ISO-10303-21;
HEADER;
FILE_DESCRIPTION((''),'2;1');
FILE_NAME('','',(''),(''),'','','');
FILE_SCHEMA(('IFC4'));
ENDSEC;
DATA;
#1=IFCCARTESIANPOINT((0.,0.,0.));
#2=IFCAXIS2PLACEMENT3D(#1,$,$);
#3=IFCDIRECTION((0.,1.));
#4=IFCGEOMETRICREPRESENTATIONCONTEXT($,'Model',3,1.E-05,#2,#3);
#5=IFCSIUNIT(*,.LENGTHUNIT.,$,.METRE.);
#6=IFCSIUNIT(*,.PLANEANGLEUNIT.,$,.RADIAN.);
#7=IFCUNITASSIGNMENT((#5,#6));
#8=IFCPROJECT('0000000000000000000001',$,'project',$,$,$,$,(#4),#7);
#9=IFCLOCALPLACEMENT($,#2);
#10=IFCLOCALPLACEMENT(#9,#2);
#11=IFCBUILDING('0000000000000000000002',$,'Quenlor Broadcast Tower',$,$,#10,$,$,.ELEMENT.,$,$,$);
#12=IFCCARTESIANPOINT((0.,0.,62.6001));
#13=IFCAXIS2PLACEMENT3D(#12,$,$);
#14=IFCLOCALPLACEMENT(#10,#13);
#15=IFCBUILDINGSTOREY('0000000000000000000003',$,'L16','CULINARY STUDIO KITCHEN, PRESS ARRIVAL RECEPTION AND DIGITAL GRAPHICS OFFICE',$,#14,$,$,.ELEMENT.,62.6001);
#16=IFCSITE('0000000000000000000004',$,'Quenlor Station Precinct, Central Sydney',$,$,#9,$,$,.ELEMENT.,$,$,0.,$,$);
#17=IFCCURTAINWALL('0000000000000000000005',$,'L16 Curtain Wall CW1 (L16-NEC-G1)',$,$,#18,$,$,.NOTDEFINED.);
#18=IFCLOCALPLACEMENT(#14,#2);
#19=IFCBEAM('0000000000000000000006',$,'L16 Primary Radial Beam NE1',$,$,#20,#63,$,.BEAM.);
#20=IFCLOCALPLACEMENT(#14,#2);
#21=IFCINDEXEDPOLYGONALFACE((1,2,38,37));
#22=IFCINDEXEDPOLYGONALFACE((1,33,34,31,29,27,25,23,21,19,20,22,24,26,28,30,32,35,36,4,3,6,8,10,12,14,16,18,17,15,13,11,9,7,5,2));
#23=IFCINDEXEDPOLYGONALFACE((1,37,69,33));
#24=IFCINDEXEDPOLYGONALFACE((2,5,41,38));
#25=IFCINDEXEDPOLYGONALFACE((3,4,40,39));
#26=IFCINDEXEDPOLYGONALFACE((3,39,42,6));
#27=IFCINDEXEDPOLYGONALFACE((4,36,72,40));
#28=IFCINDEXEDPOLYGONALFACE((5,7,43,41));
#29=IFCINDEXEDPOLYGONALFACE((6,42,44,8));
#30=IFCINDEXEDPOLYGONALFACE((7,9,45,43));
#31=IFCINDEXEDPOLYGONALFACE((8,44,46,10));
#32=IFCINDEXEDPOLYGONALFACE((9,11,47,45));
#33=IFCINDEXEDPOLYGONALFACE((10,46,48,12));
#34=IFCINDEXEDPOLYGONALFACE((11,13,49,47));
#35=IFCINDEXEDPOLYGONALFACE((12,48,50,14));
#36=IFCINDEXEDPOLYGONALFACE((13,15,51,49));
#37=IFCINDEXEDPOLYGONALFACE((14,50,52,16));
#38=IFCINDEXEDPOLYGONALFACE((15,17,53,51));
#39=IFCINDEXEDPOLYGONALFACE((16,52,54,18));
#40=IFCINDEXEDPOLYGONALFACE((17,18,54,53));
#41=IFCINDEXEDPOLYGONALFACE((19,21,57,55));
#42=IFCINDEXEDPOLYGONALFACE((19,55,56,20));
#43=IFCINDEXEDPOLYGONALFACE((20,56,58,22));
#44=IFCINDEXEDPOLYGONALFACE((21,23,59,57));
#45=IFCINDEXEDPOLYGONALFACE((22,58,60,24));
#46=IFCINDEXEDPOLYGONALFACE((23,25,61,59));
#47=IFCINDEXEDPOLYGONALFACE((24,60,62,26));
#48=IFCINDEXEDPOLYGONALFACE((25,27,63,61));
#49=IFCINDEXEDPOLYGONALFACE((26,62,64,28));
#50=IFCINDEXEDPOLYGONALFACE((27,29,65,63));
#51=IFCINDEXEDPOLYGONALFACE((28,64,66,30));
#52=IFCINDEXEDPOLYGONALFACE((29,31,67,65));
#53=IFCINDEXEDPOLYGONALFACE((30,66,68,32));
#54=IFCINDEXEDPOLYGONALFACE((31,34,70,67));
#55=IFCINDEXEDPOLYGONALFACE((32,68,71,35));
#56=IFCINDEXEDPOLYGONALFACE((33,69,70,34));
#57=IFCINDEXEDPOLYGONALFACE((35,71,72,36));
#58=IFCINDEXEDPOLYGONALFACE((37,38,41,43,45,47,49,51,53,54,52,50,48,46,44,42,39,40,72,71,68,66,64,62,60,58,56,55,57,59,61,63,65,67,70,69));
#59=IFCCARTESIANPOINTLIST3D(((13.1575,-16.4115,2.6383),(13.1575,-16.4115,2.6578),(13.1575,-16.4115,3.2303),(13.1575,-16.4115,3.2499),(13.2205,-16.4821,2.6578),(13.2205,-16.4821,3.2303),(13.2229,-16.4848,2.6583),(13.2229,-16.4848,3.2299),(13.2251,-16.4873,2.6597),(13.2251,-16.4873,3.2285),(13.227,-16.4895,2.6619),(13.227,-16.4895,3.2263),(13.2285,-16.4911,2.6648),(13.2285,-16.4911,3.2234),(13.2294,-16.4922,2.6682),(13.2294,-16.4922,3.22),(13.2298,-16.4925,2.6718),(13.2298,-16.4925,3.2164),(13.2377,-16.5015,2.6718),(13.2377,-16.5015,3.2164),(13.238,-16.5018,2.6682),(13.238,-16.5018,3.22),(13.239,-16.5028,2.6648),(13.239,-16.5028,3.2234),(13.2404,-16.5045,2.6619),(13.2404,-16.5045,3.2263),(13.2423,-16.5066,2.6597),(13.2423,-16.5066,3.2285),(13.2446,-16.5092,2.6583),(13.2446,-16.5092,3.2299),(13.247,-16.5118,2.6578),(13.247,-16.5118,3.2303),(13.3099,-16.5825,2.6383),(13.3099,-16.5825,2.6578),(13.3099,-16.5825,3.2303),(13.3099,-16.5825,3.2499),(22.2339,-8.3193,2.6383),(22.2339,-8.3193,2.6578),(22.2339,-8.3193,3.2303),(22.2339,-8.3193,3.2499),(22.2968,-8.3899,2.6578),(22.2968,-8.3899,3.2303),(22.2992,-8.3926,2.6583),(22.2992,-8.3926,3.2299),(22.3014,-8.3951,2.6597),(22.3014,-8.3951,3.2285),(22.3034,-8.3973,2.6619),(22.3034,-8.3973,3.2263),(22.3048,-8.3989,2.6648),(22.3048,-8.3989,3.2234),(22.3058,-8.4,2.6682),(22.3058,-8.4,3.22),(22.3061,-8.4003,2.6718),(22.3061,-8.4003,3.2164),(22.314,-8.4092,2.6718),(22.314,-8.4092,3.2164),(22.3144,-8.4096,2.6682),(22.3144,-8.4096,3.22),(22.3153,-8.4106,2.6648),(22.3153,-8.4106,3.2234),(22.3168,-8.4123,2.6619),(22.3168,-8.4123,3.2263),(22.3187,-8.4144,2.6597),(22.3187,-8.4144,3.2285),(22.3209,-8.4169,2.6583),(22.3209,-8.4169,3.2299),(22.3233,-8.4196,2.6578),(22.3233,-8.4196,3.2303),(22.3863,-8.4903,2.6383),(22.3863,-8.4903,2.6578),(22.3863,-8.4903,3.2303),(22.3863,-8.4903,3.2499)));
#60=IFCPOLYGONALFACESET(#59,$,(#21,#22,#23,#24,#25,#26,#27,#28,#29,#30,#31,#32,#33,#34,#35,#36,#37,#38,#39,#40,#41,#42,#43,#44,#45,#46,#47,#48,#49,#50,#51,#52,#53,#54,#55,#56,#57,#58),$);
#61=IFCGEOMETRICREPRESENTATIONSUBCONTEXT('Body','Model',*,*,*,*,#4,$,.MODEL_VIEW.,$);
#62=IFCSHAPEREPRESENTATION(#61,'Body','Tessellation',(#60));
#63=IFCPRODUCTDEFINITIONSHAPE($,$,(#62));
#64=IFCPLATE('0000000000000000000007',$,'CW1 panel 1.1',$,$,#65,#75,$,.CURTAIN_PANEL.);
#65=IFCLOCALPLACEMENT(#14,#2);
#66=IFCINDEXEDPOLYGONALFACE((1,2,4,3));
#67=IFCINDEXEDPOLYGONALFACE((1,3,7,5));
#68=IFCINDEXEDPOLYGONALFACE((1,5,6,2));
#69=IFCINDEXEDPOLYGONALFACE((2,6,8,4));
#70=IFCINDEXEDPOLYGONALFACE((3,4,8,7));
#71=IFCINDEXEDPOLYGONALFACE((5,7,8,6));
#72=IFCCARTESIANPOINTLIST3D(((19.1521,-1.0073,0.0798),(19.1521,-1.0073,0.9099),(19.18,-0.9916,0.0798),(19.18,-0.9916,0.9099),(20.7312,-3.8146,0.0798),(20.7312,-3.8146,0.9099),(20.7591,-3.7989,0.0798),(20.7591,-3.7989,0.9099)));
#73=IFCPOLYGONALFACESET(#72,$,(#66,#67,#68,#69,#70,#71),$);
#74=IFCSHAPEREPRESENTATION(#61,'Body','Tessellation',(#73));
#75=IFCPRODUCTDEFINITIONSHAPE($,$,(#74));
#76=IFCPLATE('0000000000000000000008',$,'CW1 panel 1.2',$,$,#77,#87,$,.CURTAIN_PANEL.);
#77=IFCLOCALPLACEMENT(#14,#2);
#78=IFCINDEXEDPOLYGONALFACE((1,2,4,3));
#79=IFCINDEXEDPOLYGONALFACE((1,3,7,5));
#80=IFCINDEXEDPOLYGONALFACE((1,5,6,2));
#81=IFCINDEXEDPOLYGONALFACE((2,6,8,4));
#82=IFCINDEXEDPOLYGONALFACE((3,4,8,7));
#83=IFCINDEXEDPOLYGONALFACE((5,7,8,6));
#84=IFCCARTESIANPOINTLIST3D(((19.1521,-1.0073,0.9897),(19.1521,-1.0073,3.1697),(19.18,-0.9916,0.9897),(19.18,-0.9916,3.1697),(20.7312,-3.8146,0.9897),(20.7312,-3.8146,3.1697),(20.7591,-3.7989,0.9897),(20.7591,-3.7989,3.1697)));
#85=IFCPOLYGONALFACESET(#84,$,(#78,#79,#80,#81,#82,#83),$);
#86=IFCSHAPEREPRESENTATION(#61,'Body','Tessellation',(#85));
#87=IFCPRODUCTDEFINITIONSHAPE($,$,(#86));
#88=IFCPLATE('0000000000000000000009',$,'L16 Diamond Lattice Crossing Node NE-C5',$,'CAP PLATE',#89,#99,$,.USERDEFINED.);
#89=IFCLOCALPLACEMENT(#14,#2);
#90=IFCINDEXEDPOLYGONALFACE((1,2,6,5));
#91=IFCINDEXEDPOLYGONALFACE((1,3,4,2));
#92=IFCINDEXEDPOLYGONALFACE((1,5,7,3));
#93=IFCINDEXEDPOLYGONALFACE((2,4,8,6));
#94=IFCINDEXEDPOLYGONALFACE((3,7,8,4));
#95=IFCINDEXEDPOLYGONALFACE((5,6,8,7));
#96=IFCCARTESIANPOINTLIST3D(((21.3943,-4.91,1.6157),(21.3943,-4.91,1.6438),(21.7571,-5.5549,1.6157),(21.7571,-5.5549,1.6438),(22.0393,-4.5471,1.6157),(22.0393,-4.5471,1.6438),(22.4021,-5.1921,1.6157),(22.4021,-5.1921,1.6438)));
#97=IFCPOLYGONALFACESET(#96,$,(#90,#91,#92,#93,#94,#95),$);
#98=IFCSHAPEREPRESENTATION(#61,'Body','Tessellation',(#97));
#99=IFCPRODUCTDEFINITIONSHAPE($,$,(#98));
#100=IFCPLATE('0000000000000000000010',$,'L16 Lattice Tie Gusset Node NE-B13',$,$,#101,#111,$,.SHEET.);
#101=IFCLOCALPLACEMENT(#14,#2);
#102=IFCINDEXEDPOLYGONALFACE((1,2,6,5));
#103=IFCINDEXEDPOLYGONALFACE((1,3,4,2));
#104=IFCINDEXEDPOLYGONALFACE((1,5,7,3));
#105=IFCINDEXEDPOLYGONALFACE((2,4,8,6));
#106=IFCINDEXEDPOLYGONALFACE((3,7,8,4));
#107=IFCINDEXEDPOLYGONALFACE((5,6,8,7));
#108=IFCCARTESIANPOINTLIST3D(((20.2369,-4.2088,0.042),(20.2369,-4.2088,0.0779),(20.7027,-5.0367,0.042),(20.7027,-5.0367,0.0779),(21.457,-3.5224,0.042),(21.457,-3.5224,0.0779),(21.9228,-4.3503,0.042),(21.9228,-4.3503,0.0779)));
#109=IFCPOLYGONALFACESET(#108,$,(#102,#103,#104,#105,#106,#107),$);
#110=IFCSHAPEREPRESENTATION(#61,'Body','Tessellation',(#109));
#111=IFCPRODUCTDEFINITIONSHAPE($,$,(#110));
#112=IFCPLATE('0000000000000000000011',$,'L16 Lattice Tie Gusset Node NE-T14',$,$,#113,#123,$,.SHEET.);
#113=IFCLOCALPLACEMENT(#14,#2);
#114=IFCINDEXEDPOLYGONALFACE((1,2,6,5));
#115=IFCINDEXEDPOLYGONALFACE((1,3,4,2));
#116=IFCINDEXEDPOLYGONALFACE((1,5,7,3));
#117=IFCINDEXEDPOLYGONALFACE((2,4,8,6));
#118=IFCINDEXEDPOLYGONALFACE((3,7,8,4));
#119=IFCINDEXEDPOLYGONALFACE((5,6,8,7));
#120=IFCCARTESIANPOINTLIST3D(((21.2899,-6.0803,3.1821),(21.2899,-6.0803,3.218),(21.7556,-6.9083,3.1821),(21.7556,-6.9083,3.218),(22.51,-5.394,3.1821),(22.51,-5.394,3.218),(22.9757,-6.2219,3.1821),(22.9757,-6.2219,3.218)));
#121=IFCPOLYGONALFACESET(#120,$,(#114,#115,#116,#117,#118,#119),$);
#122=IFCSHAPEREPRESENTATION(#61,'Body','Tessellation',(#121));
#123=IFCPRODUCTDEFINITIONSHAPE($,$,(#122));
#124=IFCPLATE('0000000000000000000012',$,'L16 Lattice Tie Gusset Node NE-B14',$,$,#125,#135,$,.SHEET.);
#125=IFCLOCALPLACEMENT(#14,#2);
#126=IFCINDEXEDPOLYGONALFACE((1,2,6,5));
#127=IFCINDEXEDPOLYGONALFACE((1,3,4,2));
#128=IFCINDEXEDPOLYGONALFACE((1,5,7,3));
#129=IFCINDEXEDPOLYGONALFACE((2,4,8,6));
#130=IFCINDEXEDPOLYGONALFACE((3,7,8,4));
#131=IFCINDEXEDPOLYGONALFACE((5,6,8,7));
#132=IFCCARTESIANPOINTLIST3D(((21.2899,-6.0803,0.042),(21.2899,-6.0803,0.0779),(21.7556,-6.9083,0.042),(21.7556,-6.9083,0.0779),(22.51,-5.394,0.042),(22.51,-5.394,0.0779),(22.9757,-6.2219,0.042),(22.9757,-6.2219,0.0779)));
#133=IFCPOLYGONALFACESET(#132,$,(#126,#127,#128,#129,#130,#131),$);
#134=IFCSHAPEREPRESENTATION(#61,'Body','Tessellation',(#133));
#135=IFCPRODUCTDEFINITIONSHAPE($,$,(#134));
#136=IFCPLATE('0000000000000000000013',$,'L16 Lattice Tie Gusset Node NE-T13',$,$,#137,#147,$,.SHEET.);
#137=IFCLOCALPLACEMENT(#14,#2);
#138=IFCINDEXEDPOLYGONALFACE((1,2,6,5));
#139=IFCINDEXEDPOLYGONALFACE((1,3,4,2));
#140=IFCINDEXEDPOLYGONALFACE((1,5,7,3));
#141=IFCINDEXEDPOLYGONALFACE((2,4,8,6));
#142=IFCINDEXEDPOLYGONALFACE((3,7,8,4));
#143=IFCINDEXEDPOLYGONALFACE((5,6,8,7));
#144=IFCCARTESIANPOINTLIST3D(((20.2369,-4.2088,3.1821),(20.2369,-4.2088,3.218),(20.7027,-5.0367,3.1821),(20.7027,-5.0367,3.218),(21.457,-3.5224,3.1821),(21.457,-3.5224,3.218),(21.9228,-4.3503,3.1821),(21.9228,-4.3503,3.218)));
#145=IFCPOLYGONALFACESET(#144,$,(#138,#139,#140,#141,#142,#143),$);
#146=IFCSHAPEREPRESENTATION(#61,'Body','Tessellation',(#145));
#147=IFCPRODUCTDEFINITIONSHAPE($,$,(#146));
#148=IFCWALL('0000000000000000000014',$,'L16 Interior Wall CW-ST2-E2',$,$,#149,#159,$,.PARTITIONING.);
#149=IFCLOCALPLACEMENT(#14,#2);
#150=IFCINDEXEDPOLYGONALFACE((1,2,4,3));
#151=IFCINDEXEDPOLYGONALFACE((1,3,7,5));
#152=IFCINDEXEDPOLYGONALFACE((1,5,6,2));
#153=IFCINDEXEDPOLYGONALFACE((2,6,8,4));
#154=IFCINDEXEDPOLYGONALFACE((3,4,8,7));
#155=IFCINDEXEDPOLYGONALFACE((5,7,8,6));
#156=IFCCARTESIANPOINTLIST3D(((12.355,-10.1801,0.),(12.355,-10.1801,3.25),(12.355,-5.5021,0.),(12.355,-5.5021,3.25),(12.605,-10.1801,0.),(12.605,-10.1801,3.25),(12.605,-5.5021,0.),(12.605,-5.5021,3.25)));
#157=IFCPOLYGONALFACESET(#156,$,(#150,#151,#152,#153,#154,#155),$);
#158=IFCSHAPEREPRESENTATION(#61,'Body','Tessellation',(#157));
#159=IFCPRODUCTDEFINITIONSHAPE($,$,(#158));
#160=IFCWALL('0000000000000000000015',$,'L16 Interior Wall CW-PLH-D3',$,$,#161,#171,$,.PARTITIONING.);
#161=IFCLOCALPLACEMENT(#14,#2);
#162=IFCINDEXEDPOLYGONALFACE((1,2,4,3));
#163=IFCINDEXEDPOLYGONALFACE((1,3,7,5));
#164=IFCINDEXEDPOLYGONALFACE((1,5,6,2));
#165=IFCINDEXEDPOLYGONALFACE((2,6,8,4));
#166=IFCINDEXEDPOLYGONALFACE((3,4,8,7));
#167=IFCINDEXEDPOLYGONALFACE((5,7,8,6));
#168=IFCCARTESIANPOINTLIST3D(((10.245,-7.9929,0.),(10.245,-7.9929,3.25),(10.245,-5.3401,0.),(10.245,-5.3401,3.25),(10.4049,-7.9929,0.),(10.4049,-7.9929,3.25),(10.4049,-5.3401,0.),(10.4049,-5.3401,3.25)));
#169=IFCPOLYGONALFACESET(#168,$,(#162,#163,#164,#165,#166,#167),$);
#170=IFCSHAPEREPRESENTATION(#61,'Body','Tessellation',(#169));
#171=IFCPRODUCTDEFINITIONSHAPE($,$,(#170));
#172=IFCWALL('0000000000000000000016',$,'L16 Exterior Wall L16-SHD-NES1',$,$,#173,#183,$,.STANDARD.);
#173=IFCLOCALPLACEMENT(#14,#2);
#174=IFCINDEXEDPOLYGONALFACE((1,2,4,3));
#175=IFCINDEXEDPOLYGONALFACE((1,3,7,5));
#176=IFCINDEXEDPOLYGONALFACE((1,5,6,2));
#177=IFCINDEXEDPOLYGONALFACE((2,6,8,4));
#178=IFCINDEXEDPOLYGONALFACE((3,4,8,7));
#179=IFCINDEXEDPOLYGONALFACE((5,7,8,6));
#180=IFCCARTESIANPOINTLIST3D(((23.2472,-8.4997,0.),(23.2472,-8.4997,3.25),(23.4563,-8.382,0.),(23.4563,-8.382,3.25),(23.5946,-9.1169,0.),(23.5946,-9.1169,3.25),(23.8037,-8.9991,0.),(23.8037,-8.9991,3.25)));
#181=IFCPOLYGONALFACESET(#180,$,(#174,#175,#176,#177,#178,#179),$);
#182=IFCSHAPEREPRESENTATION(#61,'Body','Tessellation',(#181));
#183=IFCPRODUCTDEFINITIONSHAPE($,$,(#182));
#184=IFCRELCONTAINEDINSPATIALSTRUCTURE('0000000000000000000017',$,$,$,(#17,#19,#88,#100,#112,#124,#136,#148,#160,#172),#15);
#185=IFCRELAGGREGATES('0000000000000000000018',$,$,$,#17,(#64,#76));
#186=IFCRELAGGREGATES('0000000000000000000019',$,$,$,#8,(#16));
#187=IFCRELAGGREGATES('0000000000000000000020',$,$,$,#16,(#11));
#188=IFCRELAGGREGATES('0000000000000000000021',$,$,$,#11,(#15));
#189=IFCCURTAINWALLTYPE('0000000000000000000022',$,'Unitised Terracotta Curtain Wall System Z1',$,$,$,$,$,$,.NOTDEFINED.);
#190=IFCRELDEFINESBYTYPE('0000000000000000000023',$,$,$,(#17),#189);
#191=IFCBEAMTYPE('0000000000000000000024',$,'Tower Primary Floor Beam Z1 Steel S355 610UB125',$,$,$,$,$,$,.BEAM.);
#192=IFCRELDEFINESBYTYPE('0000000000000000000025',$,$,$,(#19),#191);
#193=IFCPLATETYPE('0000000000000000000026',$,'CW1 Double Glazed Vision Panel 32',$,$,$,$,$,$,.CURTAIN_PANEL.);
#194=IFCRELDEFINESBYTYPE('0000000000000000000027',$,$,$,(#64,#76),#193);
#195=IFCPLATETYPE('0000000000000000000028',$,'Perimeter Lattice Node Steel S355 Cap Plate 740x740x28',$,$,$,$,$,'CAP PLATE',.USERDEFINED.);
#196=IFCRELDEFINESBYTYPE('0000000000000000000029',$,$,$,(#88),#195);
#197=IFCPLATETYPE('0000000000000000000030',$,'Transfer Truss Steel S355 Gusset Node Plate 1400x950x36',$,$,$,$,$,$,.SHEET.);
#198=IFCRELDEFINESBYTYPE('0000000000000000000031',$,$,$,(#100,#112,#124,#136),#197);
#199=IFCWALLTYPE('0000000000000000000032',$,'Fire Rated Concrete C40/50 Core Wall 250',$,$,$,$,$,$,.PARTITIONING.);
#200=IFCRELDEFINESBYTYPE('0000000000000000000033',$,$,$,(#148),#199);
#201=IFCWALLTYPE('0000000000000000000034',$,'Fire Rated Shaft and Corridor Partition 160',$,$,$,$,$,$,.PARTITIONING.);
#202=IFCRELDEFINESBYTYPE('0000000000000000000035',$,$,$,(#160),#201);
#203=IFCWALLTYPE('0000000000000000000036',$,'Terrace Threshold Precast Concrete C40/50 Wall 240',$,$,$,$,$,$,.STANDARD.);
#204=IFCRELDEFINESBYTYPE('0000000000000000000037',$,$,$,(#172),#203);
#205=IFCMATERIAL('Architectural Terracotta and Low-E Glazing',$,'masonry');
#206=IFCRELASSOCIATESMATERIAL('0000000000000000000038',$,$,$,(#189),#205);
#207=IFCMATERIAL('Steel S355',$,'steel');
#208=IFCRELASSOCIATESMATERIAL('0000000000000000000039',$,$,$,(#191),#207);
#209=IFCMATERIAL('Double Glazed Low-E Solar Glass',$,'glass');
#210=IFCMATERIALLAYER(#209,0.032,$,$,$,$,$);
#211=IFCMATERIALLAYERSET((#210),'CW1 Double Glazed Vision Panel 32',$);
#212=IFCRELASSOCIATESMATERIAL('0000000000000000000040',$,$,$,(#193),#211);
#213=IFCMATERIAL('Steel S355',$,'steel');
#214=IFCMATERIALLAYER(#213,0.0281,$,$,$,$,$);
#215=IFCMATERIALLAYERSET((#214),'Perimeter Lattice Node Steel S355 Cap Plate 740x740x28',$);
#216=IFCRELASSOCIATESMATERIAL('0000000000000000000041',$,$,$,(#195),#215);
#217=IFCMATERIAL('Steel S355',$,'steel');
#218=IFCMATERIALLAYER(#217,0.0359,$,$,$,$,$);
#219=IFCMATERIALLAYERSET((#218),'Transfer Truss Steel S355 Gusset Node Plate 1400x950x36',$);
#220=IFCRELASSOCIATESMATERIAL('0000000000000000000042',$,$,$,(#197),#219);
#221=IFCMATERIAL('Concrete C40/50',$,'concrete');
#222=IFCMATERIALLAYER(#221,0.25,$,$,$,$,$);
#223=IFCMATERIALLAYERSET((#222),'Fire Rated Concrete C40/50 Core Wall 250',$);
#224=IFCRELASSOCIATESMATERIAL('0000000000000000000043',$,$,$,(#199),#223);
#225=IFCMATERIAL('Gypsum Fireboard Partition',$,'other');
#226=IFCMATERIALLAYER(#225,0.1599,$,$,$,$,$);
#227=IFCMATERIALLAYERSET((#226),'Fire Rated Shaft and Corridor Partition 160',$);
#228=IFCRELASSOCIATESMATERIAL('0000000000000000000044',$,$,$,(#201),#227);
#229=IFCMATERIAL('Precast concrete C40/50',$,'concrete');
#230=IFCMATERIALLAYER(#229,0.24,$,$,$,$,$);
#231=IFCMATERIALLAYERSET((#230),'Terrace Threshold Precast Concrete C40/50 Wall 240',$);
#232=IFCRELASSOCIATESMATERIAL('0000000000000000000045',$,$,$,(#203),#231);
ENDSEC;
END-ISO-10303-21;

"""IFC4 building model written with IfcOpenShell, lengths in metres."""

from ifc_helpers import new_model, si_unit, direction, frame, frame_2d, origin, origin_2d, place, context, subcontext, project, spatial, rectangle, i_section, extrude, material, layer, layer_set, material_profile, profile_set, type_object, element, aggregate, save


model = new_model("IFC4")

# Units and contexts
model_context = context("Model", 3, precision=1e-05, world=origin(), true_north=direction((0.0, 1.0)))
body_context = subcontext(model_context, "Body", "Model", "MODEL_VIEW")
ifc_project = project(units=[si_unit("LENGTHUNIT", "METRE"), si_unit("PLANEANGLEUNIT", "RADIAN")], contexts=[model_context])

# Site, building, storey
site_placement = place(None, origin())
site = spatial("IfcSite", under=ifc_project, at=site_placement, Name="Quenlor Station Precinct, Central Sydney", CompositionType="ELEMENT", RefElevation=0.0)
building_placement = place(site_placement, origin())
building = spatial("IfcBuilding", under=site, at=building_placement, Name="Quenlor Broadcast Tower", CompositionType="ELEMENT")
storey_placement = place(building_placement, frame((0.0, 0.0, 62.6001)))
storey = spatial("IfcBuildingStorey", under=building, at=storey_placement, Name="L16", Description="CULINARY STUDIO KITCHEN, PRESS ARRIVAL RECEPTION AND DIGITAL GRAPHICS OFFICE", CompositionType="ELEMENT", Elevation=62.6001)

# Curtain wall
ifc_material_1 = material(Name="Architectural Terracotta and Low-E Glazing", Category="masonry")
curtain_wall_type = type_object("IfcCurtainWallType", Name="Unitised Terracotta Curtain Wall System Z1", PredefinedType="NOTDEFINED", material=ifc_material_1)
curtain_wall_placement = place(storey_placement, origin())
curtain_wall = element("IfcCurtainWall", 1, at=curtain_wall_placement, inside=storey, type_object=curtain_wall_type, Name="L16 Curtain Wall CW1 (L16-NEC-G1)", PredefinedType="NOTDEFINED")

# Beam
ifc_material_2 = material(Name="Steel S355", Category="steel")
ifc_material_profile_1 = material_profile(ifc_material_2, i_section(OverallWidth=0.229, OverallDepth=0.6116, WebThickness=0.012, FlangeThickness=0.0195, FilletRadius=0.0139, at=origin_2d()))
ifc_profile_set_1 = profile_set([ifc_material_profile_1], Name="Steel S355 610UB125")
beam_type_1 = type_object("IfcBeamType", Name="Tower Primary Floor Beam Z1 Steel S355 610UB125", PredefinedType="BEAM", material=ifc_profile_set_1)
beam_1_placement = place(storey_placement, frame((22.3101, -8.4048, 2.9441), z_axis=(-0.746414, -0.665482, 0.0), x_axis=(0.665482, -0.746414, 0.0)))
element("IfcBeam", 2, at=beam_1_placement, inside=storey, type_object=beam_type_1, Name="L16 Primary Radial Beam NE1", PredefinedType="BEAM", context=body_context, shape_type="SweptSolid", body=[
    extrude(i_section(OverallWidth=0.229, OverallDepth=0.6116, WebThickness=0.012, FlangeThickness=0.0195, FilletRadius=0.0139, at=origin_2d()), origin(), (0.0, 0.0, 1.0), 12.1599),
])

# Plates
ifc_material_3 = material(Name="Double Glazed Low-E Solar Glass", Category="glass")
ifc_layer_1 = layer(ifc_material_3, 0.032)
ifc_layer_set_1 = layer_set([ifc_layer_1], Name="CW1 Double Glazed Vision Panel 32")
plate_type_1 = type_object("IfcPlateType", Name="CW1 Double Glazed Vision Panel 32", PredefinedType="CURTAIN_PANEL", material=ifc_layer_set_1)
plate_1_placement = place(storey_placement, frame((19.9556, -2.4031, 0.0798), z_axis=(0.0, 0.0, 1.0), x_axis=(0.490257, -0.871578, 0.0)))
plate_1 = element("IfcPlate", 3, at=plate_1_placement, type_object=plate_type_1, Name="CW1 panel 1.1", PredefinedType="CURTAIN_PANEL", context=body_context, shape_type="SweptSolid", body=[
    extrude(rectangle(XDim=3.2209, YDim=0.032, at=origin_2d()), origin(), (0.0, 0.0, 1.0), 0.8301),
])
plate_2_placement = place(storey_placement, frame((19.9556, -2.4031, 0.9897), z_axis=(0.0, 0.0, 1.0), x_axis=(0.490257, -0.871578, 0.0)))
plate_2 = element("IfcPlate", 4, at=plate_2_placement, type_object=plate_type_1, Name="CW1 panel 1.2", PredefinedType="CURTAIN_PANEL", context=body_context, shape_type="SweptSolid", body=[
    extrude(rectangle(XDim=3.2209, YDim=0.032, at=origin_2d()), origin(), (0.0, 0.0, 1.0), 2.1799),
])
aggregate(curtain_wall, [plate_1, plate_2])

# Plates
ifc_material_4 = material(Name="Steel S355", Category="steel")
ifc_layer_2 = layer(ifc_material_4, 0.0281)
ifc_layer_set_2 = layer_set([ifc_layer_2], Name="Perimeter Lattice Node Steel S355 Cap Plate 740x740x28")
plate_type_2 = type_object("IfcPlateType", Name="Perimeter Lattice Node Steel S355 Cap Plate 740x740x28", ElementType="CAP PLATE", PredefinedType="USERDEFINED", material=ifc_layer_set_2)
plate_3_placement = place(storey_placement, frame((21.8982, -5.051, 1.6157), z_axis=(0.0, 0.0, 1.0), x_axis=(0.490295, -0.871556, 0.0)))
element("IfcPlate", 5, at=plate_3_placement, inside=storey, type_object=plate_type_2, Name="L16 Diamond Lattice Crossing Node NE-C5", ObjectType="CAP PLATE", PredefinedType="USERDEFINED", context=body_context, shape_type="SweptSolid", body=[
    extrude(rectangle(XDim=0.74, YDim=0.74, at=origin_2d()), origin(), (0.0, 0.0, 1.0), 0.0281),
])
ifc_material_5 = material(Name="Steel S355", Category="steel")
ifc_layer_3 = layer(ifc_material_5, 0.0359)
ifc_layer_set_3 = layer_set([ifc_layer_3], Name="Transfer Truss Steel S355 Gusset Node Plate 1400x950x36")
plate_type_3 = type_object("IfcPlateType", Name="Transfer Truss Steel S355 Gusset Node Plate 1400x950x36", PredefinedType="SHEET", material=ifc_layer_set_3)
for number, where, z_axis, x_axis, name in (
    (6, (21.0798, -4.2795, 0.042), (0.0, 0.0, 1.0), (0.871556, 0.490295, 0.0), "L16 Lattice Tie Gusset Node NE-B13"),
    (7, (22.1328, -6.1511, 3.1821), (0.0, 0.0, 1.0), (0.871556, 0.490295, 0.0), "L16 Lattice Tie Gusset Node NE-T14"),
    (8, (22.1328, -6.1511, 0.042), (0.0, 0.0, 1.0), (0.871556, 0.490295, 0.0), "L16 Lattice Tie Gusset Node NE-B14"),
    (9, (21.0798, -4.2795, 3.1821), (0.0, 0.0, 1.0), (0.871556, 0.490295, 0.0), "L16 Lattice Tie Gusset Node NE-T13"),
):
    element("IfcPlate", number, at=place(storey_placement, frame(where, z_axis=z_axis, x_axis=x_axis)), inside=storey, type_object=plate_type_3, Name=name, PredefinedType="SHEET", context=body_context, shape_type="SweptSolid", body=[
        extrude(rectangle(XDim=1.3999, YDim=0.95, at=origin_2d()), origin(), (0.0, 0.0, 1.0), 0.0359),
    ])

# Walls
ifc_material_6 = material(Name="Concrete C40/50", Category="concrete")
ifc_layer_4 = layer(ifc_material_6, 0.25)
ifc_layer_set_4 = layer_set([ifc_layer_4], Name="Fire Rated Concrete C40/50 Core Wall 250")
wall_type_1 = type_object("IfcWallType", Name="Fire Rated Concrete C40/50 Core Wall 250", PredefinedType="PARTITIONING", material=ifc_layer_set_4)
wall_1_placement = place(storey_placement, frame((12.48, -10.1799, 0.0), z_axis=(0.0, 0.0, 1.0), x_axis=(0.0, 1.0, 0.0)))
element("IfcWall", 10, at=wall_1_placement, inside=storey, type_object=wall_type_1, Name="L16 Interior Wall CW-ST2-E2", PredefinedType="PARTITIONING", context=body_context, shape_type="SweptSolid", body=[
    extrude(rectangle(XDim=4.678, YDim=0.25, at=frame_2d((2.3389, 0.0))), origin(), (0.0, 0.0, 1.0), 3.25),
])
ifc_material_7 = material(Name="Gypsum Fireboard Partition", Category="other")
ifc_layer_5 = layer(ifc_material_7, 0.1599)
ifc_layer_set_5 = layer_set([ifc_layer_5], Name="Fire Rated Shaft and Corridor Partition 160")
wall_type_2 = type_object("IfcWallType", Name="Fire Rated Shaft and Corridor Partition 160", PredefinedType="PARTITIONING", material=ifc_layer_set_5)
wall_2_placement = place(storey_placement, frame((10.325, -7.9929, 0.0), z_axis=(0.0, 0.0, 1.0), x_axis=(0.0, 1.0, 0.0)))
element("IfcWall", 11, at=wall_2_placement, inside=storey, type_object=wall_type_2, Name="L16 Interior Wall CW-PLH-D3", PredefinedType="PARTITIONING", context=body_context, shape_type="SweptSolid", body=[
    extrude(rectangle(XDim=2.6528, YDim=0.1599, at=frame_2d((1.3264, 0.0))), origin(), (0.0, 0.0, 1.0), 3.25),
])

# Wall
ifc_material_8 = material(Name="Precast concrete C40/50", Category="concrete")
ifc_layer_6 = layer(ifc_material_8, 0.24)
ifc_layer_set_6 = layer_set([ifc_layer_6], Name="Terrace Threshold Precast Concrete C40/50 Wall 240")
wall_type_3 = type_object("IfcWallType", Name="Terrace Threshold Precast Concrete C40/50 Wall 240", PredefinedType="STANDARD", material=ifc_layer_set_6)
wall_3_placement = place(storey_placement, frame((23.3518, -8.4409, 0.0), z_axis=(0.0, 0.0, 1.0), x_axis=(0.490523, -0.871428, 0.0)))
element("IfcWall", 12, at=wall_3_placement, inside=storey, type_object=wall_type_3, Name="L16 Exterior Wall L16-SHD-NES1", PredefinedType="STANDARD", context=body_context, shape_type="SweptSolid", body=[
    extrude(rectangle(XDim=0.7083, YDim=0.24, at=frame_2d((0.354, 0.0))), origin(), (0.0, 0.0, 1.0), 3.25),
])

save(model, "model.ifc")
